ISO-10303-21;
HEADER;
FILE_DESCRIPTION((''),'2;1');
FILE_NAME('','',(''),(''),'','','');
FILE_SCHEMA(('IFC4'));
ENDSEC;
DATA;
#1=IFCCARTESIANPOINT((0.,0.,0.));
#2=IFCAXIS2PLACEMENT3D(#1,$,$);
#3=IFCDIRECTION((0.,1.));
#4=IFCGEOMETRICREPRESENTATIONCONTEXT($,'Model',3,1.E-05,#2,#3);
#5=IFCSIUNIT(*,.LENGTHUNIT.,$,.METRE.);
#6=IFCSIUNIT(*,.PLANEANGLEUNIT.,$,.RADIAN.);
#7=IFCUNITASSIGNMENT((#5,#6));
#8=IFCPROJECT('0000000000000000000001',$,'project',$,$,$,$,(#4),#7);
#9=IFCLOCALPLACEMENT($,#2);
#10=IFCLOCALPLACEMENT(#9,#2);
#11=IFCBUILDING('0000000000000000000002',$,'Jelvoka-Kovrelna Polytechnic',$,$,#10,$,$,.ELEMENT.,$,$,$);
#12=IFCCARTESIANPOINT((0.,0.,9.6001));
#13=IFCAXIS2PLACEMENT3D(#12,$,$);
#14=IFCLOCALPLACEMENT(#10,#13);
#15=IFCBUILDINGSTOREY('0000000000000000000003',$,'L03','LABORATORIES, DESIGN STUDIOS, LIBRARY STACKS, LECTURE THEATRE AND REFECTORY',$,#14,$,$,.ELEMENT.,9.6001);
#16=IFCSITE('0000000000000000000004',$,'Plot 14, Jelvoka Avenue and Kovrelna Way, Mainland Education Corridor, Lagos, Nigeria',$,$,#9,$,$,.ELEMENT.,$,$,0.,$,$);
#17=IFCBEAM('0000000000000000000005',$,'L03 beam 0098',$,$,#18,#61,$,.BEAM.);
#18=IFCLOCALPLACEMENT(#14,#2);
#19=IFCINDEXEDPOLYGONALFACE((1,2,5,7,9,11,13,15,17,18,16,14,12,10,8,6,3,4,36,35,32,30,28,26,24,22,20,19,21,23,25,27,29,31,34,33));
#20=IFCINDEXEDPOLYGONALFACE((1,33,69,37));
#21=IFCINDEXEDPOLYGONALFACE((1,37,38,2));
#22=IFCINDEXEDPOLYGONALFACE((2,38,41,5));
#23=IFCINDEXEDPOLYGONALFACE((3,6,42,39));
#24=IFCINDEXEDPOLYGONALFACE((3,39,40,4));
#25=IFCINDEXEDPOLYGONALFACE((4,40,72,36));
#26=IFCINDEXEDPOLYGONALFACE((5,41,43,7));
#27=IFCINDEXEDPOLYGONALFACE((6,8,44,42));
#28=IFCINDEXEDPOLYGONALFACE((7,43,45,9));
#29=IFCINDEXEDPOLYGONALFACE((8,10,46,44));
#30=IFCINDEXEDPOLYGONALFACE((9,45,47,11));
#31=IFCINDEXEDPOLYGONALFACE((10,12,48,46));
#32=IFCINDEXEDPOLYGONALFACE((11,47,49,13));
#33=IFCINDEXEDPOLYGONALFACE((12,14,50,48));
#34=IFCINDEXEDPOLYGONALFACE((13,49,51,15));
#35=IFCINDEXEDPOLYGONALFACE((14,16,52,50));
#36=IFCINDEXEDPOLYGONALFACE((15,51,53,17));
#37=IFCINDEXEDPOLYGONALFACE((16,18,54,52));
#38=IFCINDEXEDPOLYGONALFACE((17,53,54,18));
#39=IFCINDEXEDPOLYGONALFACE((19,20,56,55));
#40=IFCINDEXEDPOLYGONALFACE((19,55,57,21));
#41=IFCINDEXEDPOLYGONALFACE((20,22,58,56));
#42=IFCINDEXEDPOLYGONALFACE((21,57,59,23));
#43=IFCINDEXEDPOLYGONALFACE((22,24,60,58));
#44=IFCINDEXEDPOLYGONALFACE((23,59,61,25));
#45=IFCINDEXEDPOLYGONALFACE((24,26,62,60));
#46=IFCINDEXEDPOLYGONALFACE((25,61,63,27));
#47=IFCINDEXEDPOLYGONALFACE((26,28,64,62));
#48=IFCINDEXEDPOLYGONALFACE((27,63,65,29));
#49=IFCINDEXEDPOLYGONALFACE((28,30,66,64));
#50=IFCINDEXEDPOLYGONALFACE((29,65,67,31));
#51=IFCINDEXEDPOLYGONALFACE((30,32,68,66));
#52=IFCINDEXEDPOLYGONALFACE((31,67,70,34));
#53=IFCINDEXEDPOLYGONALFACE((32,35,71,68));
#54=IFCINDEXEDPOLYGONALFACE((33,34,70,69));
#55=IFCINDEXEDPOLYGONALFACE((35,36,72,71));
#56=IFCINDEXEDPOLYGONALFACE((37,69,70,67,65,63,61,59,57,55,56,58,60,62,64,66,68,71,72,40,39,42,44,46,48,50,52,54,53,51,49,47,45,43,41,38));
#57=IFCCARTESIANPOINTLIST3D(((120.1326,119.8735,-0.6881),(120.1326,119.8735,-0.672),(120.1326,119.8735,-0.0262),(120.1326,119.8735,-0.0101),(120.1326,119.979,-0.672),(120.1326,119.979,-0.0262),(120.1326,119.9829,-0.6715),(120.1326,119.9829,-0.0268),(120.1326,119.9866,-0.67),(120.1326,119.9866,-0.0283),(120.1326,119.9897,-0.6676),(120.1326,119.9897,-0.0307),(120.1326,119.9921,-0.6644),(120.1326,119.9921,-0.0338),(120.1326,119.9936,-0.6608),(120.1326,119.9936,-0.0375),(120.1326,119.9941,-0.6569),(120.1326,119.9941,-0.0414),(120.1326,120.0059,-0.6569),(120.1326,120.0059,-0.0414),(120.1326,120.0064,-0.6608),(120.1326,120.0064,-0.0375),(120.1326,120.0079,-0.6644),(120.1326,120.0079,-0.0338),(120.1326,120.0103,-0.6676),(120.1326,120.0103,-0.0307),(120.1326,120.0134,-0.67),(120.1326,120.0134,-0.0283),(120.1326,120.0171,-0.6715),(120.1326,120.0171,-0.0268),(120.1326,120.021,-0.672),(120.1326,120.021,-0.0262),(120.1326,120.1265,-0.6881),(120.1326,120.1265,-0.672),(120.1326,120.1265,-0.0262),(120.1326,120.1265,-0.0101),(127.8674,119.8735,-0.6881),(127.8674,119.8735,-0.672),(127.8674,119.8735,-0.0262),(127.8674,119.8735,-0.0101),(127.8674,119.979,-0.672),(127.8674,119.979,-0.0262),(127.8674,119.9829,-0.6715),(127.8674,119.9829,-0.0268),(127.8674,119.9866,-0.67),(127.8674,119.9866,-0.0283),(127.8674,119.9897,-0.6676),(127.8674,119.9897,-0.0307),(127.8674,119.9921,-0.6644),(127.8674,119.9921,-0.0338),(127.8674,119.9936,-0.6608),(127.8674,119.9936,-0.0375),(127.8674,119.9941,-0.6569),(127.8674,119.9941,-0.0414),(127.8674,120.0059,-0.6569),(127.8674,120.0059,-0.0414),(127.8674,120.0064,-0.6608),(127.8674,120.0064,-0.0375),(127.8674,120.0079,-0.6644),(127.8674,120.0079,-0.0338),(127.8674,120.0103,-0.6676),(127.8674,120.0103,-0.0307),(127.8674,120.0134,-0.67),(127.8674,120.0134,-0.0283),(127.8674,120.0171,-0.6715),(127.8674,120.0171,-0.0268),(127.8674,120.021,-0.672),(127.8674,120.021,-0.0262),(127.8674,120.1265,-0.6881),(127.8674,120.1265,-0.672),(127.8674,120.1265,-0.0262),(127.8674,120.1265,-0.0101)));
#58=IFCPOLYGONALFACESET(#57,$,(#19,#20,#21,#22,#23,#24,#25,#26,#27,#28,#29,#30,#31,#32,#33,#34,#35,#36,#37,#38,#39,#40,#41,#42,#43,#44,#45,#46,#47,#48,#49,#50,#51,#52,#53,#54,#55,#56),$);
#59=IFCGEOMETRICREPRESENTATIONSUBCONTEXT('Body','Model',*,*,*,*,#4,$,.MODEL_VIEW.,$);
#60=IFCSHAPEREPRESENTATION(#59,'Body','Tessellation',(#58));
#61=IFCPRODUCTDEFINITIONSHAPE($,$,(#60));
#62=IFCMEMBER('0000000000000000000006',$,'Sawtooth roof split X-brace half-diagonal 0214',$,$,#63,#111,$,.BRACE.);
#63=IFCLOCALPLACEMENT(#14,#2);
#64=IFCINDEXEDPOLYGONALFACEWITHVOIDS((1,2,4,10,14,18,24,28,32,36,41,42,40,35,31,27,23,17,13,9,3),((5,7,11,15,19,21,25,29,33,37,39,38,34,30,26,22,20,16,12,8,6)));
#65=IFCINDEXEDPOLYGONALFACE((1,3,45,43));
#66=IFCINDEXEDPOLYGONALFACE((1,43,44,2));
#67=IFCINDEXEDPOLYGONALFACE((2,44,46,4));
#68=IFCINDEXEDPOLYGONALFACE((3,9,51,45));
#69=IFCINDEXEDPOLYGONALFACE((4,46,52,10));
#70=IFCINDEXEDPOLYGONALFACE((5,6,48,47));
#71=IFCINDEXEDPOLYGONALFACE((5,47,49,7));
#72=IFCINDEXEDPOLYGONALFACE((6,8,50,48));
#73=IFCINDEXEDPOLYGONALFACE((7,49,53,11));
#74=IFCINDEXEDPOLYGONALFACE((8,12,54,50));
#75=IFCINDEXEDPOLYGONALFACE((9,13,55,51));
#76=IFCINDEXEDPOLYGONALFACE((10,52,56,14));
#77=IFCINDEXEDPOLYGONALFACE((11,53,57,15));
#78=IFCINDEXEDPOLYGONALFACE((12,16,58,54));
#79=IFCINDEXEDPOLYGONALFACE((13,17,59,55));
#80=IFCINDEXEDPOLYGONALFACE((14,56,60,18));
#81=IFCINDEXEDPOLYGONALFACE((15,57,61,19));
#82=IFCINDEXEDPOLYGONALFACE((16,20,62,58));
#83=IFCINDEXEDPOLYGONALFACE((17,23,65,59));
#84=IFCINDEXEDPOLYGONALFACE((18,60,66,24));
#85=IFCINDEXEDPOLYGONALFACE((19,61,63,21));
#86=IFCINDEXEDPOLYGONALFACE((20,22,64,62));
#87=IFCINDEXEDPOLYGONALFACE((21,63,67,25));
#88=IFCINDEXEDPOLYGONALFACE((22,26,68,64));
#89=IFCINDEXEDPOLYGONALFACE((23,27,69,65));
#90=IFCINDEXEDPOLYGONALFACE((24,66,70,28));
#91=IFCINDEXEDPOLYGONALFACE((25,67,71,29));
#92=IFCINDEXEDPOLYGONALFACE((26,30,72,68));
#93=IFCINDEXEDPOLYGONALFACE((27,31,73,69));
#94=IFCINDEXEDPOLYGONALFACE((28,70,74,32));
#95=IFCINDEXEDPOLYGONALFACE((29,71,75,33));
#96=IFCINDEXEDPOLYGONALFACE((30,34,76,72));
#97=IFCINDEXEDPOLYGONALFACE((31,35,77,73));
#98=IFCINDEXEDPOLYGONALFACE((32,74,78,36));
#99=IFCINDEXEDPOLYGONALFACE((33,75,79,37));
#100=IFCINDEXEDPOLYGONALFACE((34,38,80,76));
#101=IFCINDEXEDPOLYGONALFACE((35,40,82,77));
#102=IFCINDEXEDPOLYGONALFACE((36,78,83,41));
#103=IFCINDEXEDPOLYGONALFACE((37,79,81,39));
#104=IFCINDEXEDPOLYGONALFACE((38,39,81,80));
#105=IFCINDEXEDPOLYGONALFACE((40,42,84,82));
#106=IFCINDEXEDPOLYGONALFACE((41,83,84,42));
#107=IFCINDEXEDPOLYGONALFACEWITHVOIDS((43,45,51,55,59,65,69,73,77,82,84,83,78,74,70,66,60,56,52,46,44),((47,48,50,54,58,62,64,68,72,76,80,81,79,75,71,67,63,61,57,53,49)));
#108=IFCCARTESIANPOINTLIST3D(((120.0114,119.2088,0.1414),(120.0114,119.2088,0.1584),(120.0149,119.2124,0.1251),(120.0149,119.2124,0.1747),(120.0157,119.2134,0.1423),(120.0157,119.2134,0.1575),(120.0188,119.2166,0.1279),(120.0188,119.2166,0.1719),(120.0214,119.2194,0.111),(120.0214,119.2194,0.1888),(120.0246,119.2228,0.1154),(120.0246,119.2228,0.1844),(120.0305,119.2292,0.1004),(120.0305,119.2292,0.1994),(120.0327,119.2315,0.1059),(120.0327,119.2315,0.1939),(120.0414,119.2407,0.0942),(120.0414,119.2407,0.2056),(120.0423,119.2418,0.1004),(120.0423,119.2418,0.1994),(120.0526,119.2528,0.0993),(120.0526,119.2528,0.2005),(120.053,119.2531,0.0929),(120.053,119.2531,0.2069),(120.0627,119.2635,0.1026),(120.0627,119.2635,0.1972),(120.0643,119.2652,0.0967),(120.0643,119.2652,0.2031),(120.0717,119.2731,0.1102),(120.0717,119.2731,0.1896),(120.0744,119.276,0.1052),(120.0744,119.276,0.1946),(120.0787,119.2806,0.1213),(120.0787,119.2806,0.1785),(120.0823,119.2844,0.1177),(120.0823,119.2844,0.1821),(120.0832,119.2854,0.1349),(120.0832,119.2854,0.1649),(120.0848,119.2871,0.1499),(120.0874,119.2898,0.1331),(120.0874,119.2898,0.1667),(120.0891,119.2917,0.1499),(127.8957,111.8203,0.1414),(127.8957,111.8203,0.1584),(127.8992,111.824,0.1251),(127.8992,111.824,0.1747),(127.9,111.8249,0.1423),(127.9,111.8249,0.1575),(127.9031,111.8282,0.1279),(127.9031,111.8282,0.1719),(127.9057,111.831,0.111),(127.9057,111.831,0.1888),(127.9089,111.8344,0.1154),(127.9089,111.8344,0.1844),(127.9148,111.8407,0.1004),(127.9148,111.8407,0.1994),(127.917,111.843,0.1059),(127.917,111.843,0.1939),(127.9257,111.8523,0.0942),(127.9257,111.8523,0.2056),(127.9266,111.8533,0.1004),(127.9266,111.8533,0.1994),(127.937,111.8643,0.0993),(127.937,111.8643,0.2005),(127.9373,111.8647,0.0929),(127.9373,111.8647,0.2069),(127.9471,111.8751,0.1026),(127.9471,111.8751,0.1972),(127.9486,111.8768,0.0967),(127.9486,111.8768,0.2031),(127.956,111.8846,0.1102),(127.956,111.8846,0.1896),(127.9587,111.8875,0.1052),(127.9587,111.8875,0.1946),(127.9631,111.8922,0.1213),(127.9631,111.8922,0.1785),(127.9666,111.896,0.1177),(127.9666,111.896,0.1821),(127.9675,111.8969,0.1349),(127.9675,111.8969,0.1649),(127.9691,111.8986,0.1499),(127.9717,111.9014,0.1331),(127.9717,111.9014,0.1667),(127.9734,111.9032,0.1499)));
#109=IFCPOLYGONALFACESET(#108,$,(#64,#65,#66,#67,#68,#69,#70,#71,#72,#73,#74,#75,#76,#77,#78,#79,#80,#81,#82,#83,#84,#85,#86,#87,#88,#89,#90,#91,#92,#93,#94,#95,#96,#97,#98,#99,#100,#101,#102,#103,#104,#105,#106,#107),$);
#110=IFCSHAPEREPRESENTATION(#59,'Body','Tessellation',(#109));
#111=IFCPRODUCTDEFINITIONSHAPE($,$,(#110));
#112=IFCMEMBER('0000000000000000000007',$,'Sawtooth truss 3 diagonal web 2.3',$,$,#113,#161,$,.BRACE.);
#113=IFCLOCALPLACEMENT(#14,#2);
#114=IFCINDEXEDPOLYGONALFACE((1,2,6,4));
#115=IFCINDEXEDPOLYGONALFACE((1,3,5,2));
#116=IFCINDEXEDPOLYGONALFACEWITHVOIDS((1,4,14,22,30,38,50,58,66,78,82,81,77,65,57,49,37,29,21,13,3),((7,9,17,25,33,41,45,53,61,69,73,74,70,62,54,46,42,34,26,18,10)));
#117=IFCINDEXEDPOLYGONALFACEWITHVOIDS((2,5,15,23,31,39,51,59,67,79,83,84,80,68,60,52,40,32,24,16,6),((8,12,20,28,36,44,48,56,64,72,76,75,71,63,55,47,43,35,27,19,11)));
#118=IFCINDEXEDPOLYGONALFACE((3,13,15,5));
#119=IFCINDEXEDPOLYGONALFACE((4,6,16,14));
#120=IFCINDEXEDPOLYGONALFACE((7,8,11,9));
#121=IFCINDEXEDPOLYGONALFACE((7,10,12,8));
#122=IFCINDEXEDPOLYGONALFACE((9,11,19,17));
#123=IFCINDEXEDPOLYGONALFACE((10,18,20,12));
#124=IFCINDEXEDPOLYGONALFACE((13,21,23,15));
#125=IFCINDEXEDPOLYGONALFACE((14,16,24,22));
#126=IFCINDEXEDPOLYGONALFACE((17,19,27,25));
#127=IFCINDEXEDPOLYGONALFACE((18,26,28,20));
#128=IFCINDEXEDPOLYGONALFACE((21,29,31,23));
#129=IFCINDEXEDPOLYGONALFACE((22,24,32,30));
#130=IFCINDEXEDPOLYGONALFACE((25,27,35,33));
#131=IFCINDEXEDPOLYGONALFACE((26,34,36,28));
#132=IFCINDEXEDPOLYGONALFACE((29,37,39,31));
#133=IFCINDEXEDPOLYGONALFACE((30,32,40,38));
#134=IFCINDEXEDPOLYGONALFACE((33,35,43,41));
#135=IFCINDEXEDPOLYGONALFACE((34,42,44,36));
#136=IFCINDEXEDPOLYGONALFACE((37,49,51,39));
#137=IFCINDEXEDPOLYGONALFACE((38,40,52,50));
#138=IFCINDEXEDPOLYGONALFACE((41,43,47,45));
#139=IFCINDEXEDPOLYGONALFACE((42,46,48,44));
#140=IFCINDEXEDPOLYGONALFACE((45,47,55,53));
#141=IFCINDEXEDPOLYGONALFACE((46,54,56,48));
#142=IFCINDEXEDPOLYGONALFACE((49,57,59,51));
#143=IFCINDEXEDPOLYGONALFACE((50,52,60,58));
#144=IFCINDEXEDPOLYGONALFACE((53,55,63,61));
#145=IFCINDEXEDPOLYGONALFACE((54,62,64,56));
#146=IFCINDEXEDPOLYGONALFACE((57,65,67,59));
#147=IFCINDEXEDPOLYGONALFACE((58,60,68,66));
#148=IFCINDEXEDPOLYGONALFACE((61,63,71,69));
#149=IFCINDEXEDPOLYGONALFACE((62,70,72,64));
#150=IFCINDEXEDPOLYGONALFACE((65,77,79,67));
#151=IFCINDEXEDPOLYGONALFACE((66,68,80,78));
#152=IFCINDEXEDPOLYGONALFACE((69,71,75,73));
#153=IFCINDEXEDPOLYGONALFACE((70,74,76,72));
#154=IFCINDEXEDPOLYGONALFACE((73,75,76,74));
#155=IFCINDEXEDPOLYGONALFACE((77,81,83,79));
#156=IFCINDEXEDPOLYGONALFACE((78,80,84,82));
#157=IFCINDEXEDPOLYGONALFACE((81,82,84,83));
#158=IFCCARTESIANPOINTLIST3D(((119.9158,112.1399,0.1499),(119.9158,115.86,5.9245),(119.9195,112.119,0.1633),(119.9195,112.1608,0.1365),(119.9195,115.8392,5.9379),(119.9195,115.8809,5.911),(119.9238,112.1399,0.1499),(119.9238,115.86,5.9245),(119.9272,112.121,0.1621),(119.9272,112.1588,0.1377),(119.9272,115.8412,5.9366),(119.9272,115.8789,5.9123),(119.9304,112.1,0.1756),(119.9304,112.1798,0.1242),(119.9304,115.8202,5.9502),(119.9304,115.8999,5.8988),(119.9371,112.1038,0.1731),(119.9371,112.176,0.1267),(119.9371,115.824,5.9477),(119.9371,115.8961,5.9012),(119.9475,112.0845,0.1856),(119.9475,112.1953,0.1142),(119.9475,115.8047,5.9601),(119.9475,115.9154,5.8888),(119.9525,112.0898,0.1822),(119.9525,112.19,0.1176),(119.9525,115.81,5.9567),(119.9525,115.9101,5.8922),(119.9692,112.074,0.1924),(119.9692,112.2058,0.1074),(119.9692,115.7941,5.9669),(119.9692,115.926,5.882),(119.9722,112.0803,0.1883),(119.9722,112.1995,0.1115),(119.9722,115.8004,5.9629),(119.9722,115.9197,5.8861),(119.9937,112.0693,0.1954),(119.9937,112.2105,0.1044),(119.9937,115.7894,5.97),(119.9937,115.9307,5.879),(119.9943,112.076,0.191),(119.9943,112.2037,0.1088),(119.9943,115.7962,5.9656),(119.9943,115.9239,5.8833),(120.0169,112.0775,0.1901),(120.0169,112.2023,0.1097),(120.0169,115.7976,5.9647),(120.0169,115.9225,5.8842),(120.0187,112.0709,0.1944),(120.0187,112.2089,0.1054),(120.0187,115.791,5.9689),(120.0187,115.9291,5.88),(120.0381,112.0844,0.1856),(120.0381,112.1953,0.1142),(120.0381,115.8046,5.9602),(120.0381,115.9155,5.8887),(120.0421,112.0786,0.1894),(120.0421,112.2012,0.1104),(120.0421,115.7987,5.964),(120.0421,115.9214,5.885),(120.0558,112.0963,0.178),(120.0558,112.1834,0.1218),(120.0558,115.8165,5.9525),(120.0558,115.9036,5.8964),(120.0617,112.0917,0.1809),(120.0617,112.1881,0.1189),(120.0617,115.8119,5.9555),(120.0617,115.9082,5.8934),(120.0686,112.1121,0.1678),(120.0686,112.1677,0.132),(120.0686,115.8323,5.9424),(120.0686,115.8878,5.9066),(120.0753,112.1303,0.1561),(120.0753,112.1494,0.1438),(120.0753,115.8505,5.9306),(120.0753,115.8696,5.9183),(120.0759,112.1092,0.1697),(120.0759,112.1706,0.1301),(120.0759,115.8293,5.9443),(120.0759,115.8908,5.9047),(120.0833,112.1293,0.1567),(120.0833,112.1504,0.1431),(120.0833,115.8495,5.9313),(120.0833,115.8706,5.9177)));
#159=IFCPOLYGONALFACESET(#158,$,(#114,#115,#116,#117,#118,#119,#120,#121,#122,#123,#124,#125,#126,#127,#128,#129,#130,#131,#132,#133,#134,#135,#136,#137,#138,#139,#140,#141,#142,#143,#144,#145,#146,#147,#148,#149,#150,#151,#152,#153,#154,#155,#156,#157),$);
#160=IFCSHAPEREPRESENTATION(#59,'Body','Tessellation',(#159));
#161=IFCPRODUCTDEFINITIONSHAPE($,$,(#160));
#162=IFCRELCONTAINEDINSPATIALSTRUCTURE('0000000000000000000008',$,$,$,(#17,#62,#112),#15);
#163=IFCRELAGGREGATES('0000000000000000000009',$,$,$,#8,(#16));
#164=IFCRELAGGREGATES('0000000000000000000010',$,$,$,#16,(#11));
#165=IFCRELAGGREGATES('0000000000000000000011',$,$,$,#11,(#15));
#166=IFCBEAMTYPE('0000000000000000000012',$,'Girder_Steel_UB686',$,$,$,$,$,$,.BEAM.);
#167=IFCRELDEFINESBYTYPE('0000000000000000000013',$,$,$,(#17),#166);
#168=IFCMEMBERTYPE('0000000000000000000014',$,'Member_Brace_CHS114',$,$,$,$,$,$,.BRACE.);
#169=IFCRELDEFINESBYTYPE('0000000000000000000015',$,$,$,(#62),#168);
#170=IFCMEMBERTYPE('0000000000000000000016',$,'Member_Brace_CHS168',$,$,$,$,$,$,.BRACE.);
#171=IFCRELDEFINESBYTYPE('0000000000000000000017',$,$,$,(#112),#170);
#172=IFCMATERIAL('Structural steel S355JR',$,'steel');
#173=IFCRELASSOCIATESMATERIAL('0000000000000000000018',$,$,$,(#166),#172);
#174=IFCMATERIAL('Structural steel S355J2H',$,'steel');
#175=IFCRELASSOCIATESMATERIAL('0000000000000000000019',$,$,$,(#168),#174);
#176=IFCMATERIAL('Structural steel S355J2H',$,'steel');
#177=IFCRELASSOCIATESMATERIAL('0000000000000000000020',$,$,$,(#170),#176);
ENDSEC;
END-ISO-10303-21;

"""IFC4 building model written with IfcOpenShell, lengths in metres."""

from ifc_helpers import new_model, si_unit, direction, frame, origin, origin_2d, place, context, subcontext, project, spatial, hollow_circle, i_section, extrude, material, material_profile, profile_set, type_object, element, save


model = new_model("IFC4")

# Units and contexts
model_context = context("Model", 3, precision=1e-05, world=origin(), true_north=direction((0.0, 1.0)))
body_context = subcontext(model_context, "Body", "Model", "MODEL_VIEW")
ifc_project = project(units=[si_unit("LENGTHUNIT", "METRE"), si_unit("PLANEANGLEUNIT", "RADIAN")], contexts=[model_context])

# Site, building, storey
site_placement = place(None, origin())
site = spatial("IfcSite", under=ifc_project, at=site_placement, Name="Plot 14, Jelvoka Avenue and Kovrelna Way, Mainland Education Corridor, Lagos, Nigeria", CompositionType="ELEMENT", RefElevation=0.0)
building_placement = place(site_placement, origin())
building = spatial("IfcBuilding", under=site, at=building_placement, Name="Jelvoka-Kovrelna Polytechnic", CompositionType="ELEMENT")
storey_placement = place(building_placement, frame((0.0, 0.0, 9.6001)))
storey = spatial("IfcBuildingStorey", under=building, at=storey_placement, Name="L03", Description="LABORATORIES, DESIGN STUDIOS, LIBRARY STACKS, LECTURE THEATRE AND REFECTORY", CompositionType="ELEMENT", Elevation=9.6001)

# Beam
ifc_material_1 = material(Name="Structural steel S355JR", Category="steel")
ifc_material_profile_1 = material_profile(ifc_material_1, i_section(OverallWidth=0.2529, OverallDepth=0.678, WebThickness=0.0117, FlangeThickness=0.0161, FilletRadius=0.0151, at=origin_2d()), Name="686x254x125 UB")
ifc_profile_set_1 = profile_set([ifc_material_profile_1], Name="Structural steel S355JR")
beam_type_1 = type_object("IfcBeamType", Name="Girder_Steel_UB686", PredefinedType="BEAM", material=ifc_profile_set_1)
beam_1_placement = place(storey_placement, frame((120.1326, 120.0, -0.3491), z_axis=(1.0, 0.0, 0.0), x_axis=(0.0, 1.0, 0.0)))
element("IfcBeam", 1, at=beam_1_placement, inside=storey, type_object=beam_type_1, Name="L03 beam 0098", PredefinedType="BEAM", context=body_context, shape_type="SweptSolid", body=[
    extrude(i_section(OverallWidth=0.2529, OverallDepth=0.678, WebThickness=0.0117, FlangeThickness=0.0161, FilletRadius=0.0151, at=origin_2d()), origin(), (0.0, 0.0, 1.0), 7.7349),
])

# Members
ifc_material_2 = material(Name="Structural steel S355J2H", Category="steel")
ifc_material_profile_2 = material_profile(ifc_material_2, hollow_circle(Radius=0.0571, WallThickness=0.0063, at=origin_2d()), Name="114.3x6.3 CHS")
ifc_profile_set_2 = profile_set([ifc_material_profile_2], Name="Structural steel S355J2H")
member_type_1 = type_object("IfcMemberType", Name="Member_Brace_CHS114", PredefinedType="BRACE", material=ifc_profile_set_2)
member_1_placement = place(storey_placement, frame((120.05, 119.25, 0.1499), z_axis=(0.72968, -0.683789, 0.0), x_axis=(0.683789, 0.72968, 0.0)))
element("IfcMember", 2, at=member_1_placement, inside=storey, type_object=member_type_1, Name="Sawtooth roof split X-brace half-diagonal 0214", PredefinedType="BRACE", context=body_context, shape_type="SweptSolid", body=[
    extrude(hollow_circle(Radius=0.0571, WallThickness=0.0063, at=origin_2d()), origin(), (0.0, 0.0, 1.0), 10.8052),
])
ifc_material_3 = material(Name="Structural steel S355J2H", Category="steel")
ifc_material_profile_3 = material_profile(ifc_material_3, hollow_circle(Radius=0.0842, WallThickness=0.0081, at=origin_2d()), Name="168.3x8.0 CHS")
ifc_profile_set_3 = profile_set([ifc_material_profile_3], Name="Structural steel S355J2H")
member_type_2 = type_object("IfcMemberType", Name="Member_Brace_CHS168", PredefinedType="BRACE", material=ifc_profile_set_3)
member_2_placement = place(storey_placement, frame((120.0, 112.1399, 0.1499), z_axis=(0.0, 0.541575, 0.840653), x_axis=(-1.0, 0.0, 0.0)))
element("IfcMember", 3, at=member_2_placement, inside=storey, type_object=member_type_2, Name="Sawtooth truss 3 diagonal web 2.3", PredefinedType="BRACE", context=body_context, shape_type="SweptSolid", body=[
    extrude(hollow_circle(Radius=0.0842, WallThickness=0.0081, at=origin_2d()), origin(), (0.0, 0.0, 1.0), 6.8691),
])

save(model, "model.ifc")
